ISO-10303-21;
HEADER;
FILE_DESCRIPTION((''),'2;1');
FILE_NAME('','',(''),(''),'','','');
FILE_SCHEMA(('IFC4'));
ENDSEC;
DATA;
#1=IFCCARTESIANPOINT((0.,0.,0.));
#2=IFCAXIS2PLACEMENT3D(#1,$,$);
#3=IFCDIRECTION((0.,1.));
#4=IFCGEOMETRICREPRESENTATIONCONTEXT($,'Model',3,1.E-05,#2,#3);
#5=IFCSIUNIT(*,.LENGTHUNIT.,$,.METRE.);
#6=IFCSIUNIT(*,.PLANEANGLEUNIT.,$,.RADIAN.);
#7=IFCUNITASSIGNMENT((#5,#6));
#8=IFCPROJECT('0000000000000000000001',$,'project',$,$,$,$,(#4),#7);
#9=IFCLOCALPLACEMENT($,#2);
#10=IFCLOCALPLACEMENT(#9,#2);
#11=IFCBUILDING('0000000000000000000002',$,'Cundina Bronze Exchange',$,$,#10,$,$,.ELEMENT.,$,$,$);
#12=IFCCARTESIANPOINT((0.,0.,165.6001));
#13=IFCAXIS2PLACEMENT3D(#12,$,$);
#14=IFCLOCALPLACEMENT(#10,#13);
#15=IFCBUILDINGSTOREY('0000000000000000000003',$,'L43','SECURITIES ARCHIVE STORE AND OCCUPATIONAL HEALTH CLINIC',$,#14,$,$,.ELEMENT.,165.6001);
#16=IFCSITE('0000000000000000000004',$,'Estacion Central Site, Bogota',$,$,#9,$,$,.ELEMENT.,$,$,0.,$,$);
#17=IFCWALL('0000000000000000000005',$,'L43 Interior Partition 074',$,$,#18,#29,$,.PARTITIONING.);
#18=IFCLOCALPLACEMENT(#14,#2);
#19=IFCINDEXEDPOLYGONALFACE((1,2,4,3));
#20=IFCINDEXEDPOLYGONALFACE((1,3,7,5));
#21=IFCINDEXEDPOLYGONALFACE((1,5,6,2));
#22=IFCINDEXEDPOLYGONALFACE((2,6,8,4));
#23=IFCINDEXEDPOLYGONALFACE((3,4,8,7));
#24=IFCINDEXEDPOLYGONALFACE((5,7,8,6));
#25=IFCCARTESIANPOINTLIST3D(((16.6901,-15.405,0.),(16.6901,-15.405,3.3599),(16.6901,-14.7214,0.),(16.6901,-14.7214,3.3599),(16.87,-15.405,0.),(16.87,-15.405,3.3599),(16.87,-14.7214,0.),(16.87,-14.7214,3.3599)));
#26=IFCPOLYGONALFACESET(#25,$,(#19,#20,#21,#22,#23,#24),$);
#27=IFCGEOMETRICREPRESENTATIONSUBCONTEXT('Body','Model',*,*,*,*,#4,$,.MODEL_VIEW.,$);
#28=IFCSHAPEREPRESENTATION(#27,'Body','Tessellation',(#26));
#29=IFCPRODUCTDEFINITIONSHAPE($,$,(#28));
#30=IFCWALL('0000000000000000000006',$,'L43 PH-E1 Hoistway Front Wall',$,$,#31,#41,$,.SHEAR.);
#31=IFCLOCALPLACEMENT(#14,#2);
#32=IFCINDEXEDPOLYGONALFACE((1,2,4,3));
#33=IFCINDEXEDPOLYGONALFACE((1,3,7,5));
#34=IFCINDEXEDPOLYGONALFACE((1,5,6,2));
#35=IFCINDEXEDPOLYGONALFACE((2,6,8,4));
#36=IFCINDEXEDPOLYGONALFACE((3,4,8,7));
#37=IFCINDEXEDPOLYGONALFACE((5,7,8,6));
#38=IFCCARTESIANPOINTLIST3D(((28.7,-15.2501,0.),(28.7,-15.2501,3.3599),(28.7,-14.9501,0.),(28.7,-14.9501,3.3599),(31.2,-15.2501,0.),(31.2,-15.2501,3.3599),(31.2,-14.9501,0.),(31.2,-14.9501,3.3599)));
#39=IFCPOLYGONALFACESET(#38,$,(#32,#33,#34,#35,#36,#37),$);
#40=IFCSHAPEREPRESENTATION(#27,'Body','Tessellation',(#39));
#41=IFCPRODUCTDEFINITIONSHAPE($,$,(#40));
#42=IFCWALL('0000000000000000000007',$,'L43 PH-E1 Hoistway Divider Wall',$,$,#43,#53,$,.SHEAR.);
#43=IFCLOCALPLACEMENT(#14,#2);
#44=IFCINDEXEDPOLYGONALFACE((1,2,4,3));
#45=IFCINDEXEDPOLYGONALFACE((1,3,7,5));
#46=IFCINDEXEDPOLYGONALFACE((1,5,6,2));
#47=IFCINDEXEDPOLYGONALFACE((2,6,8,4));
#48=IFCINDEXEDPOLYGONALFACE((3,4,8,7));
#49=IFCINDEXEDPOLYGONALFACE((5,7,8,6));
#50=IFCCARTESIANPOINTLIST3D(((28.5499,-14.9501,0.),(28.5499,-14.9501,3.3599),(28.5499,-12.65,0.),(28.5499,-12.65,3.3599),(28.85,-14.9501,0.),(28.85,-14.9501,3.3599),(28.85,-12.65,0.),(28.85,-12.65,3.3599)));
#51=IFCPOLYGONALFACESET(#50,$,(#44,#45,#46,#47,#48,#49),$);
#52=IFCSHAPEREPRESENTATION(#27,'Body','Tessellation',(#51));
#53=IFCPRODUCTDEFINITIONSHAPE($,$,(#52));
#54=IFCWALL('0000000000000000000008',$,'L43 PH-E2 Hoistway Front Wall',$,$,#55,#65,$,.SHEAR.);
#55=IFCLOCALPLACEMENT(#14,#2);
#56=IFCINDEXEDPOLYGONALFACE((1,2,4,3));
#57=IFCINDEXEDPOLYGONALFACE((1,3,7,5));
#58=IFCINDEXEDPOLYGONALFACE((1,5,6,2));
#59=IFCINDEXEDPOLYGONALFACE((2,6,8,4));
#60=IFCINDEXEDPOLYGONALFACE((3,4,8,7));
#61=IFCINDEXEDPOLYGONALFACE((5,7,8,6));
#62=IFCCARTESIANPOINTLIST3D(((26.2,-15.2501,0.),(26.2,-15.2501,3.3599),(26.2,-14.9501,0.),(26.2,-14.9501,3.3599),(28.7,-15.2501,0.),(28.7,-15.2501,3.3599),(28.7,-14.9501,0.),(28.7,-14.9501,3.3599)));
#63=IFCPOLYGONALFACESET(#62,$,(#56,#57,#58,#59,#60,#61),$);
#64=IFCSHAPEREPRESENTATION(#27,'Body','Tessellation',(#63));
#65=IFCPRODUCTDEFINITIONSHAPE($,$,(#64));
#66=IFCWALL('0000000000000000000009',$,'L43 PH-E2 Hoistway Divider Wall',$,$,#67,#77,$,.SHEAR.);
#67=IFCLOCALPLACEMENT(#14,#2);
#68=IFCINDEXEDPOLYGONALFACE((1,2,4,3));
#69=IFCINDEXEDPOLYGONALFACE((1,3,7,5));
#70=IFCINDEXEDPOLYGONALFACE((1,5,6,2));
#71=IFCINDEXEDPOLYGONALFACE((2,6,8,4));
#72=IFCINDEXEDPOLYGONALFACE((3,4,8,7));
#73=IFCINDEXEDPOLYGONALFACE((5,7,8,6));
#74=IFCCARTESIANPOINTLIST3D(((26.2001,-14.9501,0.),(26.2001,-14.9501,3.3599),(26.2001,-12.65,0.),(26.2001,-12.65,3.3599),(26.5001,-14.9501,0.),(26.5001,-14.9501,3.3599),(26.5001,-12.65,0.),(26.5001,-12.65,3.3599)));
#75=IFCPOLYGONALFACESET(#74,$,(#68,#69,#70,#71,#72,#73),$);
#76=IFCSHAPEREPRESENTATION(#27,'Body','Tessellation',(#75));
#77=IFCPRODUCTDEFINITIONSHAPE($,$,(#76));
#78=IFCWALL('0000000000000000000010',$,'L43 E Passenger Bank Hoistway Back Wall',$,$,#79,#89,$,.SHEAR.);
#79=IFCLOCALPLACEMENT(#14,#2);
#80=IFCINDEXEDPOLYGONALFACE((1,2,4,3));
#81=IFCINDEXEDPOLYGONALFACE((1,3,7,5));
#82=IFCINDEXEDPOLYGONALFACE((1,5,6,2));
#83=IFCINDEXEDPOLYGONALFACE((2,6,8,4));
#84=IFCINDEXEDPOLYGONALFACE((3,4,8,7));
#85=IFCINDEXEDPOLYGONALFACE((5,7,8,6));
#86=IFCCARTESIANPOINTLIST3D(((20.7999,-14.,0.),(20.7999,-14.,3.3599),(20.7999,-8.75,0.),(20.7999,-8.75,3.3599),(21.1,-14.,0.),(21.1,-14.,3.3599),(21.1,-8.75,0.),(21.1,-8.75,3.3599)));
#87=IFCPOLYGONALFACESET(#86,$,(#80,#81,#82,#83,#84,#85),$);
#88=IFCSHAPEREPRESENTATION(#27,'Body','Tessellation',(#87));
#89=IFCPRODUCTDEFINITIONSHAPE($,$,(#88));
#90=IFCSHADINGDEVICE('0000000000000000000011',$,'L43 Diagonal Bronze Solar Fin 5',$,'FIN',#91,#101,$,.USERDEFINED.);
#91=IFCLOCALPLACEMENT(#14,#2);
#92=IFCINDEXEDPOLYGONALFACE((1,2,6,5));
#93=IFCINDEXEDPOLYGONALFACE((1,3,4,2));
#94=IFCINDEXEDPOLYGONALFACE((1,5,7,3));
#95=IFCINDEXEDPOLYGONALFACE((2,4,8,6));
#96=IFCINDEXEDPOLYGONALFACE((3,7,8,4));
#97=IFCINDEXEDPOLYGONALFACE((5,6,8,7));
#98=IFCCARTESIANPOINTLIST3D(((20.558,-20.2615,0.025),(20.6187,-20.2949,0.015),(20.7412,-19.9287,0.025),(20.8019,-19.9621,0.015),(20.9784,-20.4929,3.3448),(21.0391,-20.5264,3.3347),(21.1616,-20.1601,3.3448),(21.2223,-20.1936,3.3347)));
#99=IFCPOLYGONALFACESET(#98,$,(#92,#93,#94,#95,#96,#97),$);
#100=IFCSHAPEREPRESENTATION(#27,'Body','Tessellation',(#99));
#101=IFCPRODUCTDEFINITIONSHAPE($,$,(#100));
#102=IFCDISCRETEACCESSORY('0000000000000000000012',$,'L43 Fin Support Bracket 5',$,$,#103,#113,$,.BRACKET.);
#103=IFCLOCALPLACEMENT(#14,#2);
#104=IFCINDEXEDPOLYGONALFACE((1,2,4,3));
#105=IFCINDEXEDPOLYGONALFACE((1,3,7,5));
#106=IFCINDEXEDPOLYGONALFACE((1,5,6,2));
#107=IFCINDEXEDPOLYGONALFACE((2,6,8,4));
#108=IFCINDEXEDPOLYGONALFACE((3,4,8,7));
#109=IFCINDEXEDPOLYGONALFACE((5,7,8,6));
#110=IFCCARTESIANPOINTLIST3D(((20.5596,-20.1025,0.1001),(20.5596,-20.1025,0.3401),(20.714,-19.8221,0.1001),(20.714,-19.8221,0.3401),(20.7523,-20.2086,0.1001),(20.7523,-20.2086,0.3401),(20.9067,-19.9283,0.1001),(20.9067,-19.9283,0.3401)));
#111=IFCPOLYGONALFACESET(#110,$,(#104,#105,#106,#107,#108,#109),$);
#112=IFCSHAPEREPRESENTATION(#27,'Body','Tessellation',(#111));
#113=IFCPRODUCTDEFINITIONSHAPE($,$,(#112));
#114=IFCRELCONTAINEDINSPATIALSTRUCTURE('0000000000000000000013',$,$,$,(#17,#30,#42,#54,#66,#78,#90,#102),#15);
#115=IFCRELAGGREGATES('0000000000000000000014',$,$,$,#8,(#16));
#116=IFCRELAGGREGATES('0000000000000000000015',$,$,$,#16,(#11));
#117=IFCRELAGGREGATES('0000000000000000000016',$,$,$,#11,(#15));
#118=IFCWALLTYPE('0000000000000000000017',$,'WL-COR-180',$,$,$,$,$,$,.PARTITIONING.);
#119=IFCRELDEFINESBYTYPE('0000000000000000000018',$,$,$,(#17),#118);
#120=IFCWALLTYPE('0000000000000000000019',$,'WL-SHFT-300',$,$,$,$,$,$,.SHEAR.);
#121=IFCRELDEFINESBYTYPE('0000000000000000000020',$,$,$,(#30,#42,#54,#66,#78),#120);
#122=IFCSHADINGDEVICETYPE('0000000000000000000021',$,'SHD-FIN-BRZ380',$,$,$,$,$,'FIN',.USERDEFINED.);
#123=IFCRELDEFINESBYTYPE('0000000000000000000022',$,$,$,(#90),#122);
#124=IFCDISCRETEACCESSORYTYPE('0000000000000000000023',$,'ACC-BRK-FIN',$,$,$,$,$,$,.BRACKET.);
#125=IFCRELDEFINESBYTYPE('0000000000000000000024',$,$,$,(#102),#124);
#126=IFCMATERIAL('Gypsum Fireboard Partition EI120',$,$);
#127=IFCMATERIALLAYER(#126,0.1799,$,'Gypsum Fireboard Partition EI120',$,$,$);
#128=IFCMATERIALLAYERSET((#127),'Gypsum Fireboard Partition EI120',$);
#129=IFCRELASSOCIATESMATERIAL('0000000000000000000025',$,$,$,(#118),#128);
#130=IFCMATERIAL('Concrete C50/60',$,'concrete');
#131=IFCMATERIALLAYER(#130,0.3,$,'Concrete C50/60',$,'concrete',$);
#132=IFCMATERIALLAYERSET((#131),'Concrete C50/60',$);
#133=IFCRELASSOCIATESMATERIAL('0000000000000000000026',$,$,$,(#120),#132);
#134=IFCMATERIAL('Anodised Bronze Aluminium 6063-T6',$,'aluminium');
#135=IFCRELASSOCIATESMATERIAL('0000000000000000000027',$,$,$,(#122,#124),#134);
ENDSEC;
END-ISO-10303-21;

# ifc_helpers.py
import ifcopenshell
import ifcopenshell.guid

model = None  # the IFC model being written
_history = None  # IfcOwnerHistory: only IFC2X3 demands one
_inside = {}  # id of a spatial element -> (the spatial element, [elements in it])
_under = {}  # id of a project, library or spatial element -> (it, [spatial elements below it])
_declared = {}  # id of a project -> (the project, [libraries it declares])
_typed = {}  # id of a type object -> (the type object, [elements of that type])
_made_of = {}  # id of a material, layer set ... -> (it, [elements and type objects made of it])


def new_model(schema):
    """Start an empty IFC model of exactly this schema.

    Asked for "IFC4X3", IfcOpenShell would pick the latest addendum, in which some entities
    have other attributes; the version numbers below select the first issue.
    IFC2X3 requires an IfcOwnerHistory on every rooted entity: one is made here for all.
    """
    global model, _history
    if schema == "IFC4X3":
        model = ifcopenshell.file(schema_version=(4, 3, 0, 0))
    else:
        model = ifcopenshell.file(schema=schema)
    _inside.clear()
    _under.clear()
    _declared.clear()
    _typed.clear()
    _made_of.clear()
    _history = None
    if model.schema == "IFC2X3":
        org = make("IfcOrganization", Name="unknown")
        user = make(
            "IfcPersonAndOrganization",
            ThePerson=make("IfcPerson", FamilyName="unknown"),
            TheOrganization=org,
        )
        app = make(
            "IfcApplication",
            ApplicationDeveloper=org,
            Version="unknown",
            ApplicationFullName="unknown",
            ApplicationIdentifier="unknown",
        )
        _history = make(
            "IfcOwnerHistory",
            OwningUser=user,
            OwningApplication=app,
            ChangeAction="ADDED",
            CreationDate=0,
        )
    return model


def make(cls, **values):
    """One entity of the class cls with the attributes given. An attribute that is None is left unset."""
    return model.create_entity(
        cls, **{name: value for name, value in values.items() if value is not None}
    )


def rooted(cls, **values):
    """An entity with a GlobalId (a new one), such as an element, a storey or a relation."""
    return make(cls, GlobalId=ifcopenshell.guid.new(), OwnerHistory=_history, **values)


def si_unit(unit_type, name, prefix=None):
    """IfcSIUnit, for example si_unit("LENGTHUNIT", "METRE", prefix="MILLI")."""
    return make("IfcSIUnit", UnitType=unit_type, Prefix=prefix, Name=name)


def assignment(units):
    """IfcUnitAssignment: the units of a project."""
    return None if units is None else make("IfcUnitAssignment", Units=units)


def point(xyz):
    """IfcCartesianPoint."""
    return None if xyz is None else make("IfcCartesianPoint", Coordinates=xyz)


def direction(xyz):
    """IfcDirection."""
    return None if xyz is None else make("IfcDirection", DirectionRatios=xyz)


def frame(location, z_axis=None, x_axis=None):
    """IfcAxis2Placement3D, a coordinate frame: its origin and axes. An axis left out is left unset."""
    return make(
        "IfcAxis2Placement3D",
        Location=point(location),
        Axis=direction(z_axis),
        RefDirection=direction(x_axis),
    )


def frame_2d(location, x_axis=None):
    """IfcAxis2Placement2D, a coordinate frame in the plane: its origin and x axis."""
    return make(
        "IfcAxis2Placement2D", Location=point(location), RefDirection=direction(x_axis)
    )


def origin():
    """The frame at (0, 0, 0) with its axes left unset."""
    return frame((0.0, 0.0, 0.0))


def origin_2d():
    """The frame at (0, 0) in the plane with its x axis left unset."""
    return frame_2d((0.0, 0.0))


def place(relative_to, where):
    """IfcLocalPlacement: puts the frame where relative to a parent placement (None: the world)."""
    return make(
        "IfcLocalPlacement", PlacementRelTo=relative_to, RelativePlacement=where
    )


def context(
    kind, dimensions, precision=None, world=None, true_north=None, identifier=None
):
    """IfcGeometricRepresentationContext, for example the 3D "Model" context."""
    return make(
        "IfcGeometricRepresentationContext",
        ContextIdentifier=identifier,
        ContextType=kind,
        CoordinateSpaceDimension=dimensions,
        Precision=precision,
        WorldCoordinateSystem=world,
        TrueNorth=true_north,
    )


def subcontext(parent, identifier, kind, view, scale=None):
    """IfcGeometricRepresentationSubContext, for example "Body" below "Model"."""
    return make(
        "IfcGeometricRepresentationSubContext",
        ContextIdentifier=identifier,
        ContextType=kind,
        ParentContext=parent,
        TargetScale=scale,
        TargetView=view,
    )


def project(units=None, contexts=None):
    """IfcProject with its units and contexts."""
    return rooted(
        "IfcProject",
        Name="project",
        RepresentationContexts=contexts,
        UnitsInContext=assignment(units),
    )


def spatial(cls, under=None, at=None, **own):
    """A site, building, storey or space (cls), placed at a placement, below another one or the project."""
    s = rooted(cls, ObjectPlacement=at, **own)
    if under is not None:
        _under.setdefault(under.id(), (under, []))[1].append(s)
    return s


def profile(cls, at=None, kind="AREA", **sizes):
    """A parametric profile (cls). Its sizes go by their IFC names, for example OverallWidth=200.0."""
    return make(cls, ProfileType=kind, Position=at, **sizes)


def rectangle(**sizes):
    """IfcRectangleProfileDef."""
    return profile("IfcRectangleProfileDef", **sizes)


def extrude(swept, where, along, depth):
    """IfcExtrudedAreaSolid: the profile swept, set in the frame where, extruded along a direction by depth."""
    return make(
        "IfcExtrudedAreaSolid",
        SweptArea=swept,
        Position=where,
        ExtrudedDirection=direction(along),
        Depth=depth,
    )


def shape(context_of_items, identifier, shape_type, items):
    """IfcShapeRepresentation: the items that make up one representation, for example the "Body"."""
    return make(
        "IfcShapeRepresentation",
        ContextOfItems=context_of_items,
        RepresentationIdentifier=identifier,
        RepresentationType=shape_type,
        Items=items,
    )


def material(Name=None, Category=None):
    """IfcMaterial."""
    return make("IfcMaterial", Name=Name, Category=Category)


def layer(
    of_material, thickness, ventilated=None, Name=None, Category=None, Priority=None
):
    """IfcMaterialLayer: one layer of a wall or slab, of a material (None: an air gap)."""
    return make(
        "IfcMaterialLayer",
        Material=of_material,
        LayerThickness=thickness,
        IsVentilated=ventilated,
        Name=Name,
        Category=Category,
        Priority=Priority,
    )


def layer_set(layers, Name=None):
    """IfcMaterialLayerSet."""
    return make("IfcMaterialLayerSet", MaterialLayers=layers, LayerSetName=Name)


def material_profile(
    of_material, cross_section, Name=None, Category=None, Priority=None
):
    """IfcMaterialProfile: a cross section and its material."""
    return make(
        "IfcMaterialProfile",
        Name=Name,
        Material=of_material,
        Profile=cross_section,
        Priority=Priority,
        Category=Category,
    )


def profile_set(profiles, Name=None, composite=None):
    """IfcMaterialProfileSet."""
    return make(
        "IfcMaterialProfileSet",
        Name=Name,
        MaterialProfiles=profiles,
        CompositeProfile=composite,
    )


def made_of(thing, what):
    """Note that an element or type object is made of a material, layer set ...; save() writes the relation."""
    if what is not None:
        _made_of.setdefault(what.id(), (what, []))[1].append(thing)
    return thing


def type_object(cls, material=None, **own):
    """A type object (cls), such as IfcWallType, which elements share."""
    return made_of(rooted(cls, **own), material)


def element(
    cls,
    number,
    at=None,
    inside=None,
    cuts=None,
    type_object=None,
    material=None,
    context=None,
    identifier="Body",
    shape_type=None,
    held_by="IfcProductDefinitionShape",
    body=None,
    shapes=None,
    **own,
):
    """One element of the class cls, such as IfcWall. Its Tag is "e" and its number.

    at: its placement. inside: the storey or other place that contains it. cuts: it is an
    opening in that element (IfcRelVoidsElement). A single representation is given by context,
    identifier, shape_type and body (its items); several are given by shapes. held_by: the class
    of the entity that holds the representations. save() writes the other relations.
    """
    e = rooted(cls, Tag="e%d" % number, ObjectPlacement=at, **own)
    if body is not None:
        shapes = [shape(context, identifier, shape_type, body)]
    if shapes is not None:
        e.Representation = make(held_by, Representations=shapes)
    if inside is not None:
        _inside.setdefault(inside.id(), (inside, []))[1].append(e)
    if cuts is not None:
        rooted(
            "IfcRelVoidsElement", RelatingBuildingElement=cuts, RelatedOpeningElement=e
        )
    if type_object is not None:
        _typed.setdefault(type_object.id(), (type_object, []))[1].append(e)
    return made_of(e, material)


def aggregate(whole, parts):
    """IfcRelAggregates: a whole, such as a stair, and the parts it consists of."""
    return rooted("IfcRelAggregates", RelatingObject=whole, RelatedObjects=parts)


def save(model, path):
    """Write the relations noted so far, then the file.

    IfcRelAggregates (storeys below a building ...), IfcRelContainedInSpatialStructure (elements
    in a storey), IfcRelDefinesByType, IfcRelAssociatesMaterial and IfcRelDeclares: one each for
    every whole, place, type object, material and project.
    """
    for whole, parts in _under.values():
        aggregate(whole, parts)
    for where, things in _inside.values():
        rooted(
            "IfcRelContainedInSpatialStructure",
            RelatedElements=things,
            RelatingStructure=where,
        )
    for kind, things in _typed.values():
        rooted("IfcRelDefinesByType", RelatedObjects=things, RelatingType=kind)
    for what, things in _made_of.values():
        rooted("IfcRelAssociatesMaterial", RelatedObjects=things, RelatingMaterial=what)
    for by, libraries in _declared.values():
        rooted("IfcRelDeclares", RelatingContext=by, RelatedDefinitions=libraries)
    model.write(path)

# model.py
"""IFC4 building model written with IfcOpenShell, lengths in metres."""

from ifc_helpers import new_model, si_unit, direction, frame, frame_2d, origin, origin_2d, place, context, subcontext, project, spatial, rectangle, extrude, material, layer, layer_set, material_profile, profile_set, type_object, element, save


model = new_model("IFC4")

# Units and contexts
model_context = context("Model", 3, precision=1e-05, world=origin(), true_north=direction((0.0, 1.0)))
body_context = subcontext(model_context, "Body", "Model", "MODEL_VIEW")
ifc_project = project(units=[si_unit("LENGTHUNIT", "METRE"), si_unit("PLANEANGLEUNIT", "RADIAN")], contexts=[model_context])

# Site, building, storey
site_placement = place(None, origin())
site = spatial("IfcSite", under=ifc_project, at=site_placement, Name="Estacion Central Site, Bogota", CompositionType="ELEMENT", RefElevation=0.0)
building_placement = place(site_placement, origin())
building = spatial("IfcBuilding", under=site, at=building_placement, Name="Cundina Bronze Exchange", CompositionType="ELEMENT")
storey_placement = place(building_placement, frame((0.0, 0.0, 165.6001)))
storey = spatial("IfcBuildingStorey", under=building, at=storey_placement, Name="L43", Description="SECURITIES ARCHIVE STORE AND OCCUPATIONAL HEALTH CLINIC", CompositionType="ELEMENT", Elevation=165.6001)

# Shared definitions
ifc_material_1 = material(Name="Concrete C50/60", Category="concrete")

# Shared definitions
ifc_material_2 = material(Name="Anodised Bronze Aluminium 6063-T6", Category="aluminium")

# Shared definitions
ifc_material_3 = material(Name="Gypsum Fireboard Partition EI120")
ifc_layer_1 = layer(ifc_material_3, 0.1799, Name="Gypsum Fireboard Partition EI120")
ifc_layer_set_1 = layer_set([ifc_layer_1], Name="Gypsum Fireboard Partition EI120")
wall_type_1 = type_object("IfcWallType", Name="WL-COR-180", PredefinedType="PARTITIONING", material=ifc_layer_set_1)

# Walls
wall_1_placement = place(storey_placement, frame((16.78, -14.7214, 0.0), z_axis=(0.0, 0.0, 1.0), x_axis=(0.0, -1.0, 0.0)))
element("IfcWall", 1, at=wall_1_placement, inside=storey, type_object=wall_type_1, Name="L43 Interior Partition 074", PredefinedType="PARTITIONING", context=body_context, shape_type="SweptSolid", body=[
    extrude(rectangle(XDim=0.6836, YDim=0.1799, at=frame_2d((0.3418, 0.0))), origin(), (0.0, 0.0, 1.0), 3.3599),
])
ifc_layer_2 = layer(ifc_material_1, 0.3, Name="Concrete C50/60", Category="concrete")
ifc_layer_set_2 = layer_set([ifc_layer_2], Name="Concrete C50/60")
wall_type_2 = type_object("IfcWallType", Name="WL-SHFT-300", PredefinedType="SHEAR", material=ifc_layer_set_2)
wall_2_placement = place(storey_placement, frame((28.7, -15.1001, 0.0), z_axis=(0.0, 0.0, 1.0), x_axis=(1.0, 0.0, 0.0)))
element("IfcWall", 2, at=wall_2_placement, inside=storey, type_object=wall_type_2, Name="L43 PH-E1 Hoistway Front Wall", PredefinedType="SHEAR", context=body_context, shape_type="SweptSolid", body=[
    extrude(rectangle(XDim=2.5, YDim=0.3, at=frame_2d((1.25, 0.0))), origin(), (0.0, 0.0, 1.0), 3.3599),
])
wall_3_placement = place(storey_placement, frame((28.7, -14.95, 0.0), z_axis=(0.0, 0.0, 1.0), x_axis=(0.0, 1.0, 0.0)))
element("IfcWall", 3, at=wall_3_placement, inside=storey, type_object=wall_type_2, Name="L43 PH-E1 Hoistway Divider Wall", PredefinedType="SHEAR", context=body_context, shape_type="SweptSolid", body=[
    extrude(rectangle(XDim=2.3, YDim=0.3, at=frame_2d((1.1499, 0.0))), origin(), (0.0, 0.0, 1.0), 3.3599),
])
wall_4_placement = place(storey_placement, frame((26.2, -15.1001, 0.0), z_axis=(0.0, 0.0, 1.0), x_axis=(1.0, 0.0, 0.0)))
element("IfcWall", 4, at=wall_4_placement, inside=storey, type_object=wall_type_2, Name="L43 PH-E2 Hoistway Front Wall", PredefinedType="SHEAR", context=body_context, shape_type="SweptSolid", body=[
    extrude(rectangle(XDim=2.5, YDim=0.3, at=frame_2d((1.25, 0.0))), origin(), (0.0, 0.0, 1.0), 3.3599),
])
wall_5_placement = place(storey_placement, frame((26.3501, -14.95, 0.0), z_axis=(0.0, 0.0, 1.0), x_axis=(0.0, 1.0, 0.0)))
element("IfcWall", 5, at=wall_5_placement, inside=storey, type_object=wall_type_2, Name="L43 PH-E2 Hoistway Divider Wall", PredefinedType="SHEAR", context=body_context, shape_type="SweptSolid", body=[
    extrude(rectangle(XDim=2.3, YDim=0.3, at=frame_2d((1.1499, 0.0))), origin(), (0.0, 0.0, 1.0), 3.3599),
])
wall_6_placement = place(storey_placement, frame((20.95, -14.0, 0.0), z_axis=(0.0, 0.0, 1.0), x_axis=(0.0, 1.0, 0.0)))
element("IfcWall", 6, at=wall_6_placement, inside=storey, type_object=wall_type_2, Name="L43 E Passenger Bank Hoistway Back Wall", PredefinedType="SHEAR", context=body_context, shape_type="SweptSolid", body=[
    extrude(rectangle(XDim=5.25, YDim=0.3, at=frame_2d((2.625, 0.0))), origin(), (0.0, 0.0, 1.0), 3.3599),
])

# Shading device
ifc_material_profile_1 = material_profile(ifc_material_2, rectangle(XDim=0.0701, YDim=0.3799, at=origin_2d()), Name="FIN70X380", Category="aluminium")
ifc_profile_set_1 = profile_set([ifc_material_profile_1], Name="Anodised Bronze Aluminium 6063-T6")
shading_device_type = type_object("IfcShadingDeviceType", Name="SHD-FIN-BRZ380", ElementType="FIN", PredefinedType="USERDEFINED", material=ifc_profile_set_1)
shading_device_placement = place(storey_placement, frame((20.6799, -20.1118, 0.02), z_axis=(0.125333, -0.068999, 0.989712), x_axis=(-0.86701, 0.477309, 0.143071)))
element("IfcShadingDevice", 7, at=shading_device_placement, inside=storey, type_object=shading_device_type, Name="L43 Diagonal Bronze Solar Fin 5", ObjectType="FIN", PredefinedType="USERDEFINED", context=body_context, shape_type="SweptSolid", body=[
    extrude(rectangle(XDim=0.0701, YDim=0.3799, at=origin_2d()), origin(), (0.0, 0.0, 1.0), 3.3542),
])

# Discrete accessory
discrete_accessory_type = type_object("IfcDiscreteAccessoryType", Name="ACC-BRK-FIN", PredefinedType="BRACKET", material=ifc_material_2)
discrete_accessory_placement = place(storey_placement, frame((20.7332, -20.0154, 0.1001), z_axis=(0.0, 0.0, 1.0), x_axis=(0.875869, -0.482549, 0.0)))
element("IfcDiscreteAccessory", 8, at=discrete_accessory_placement, inside=storey, type_object=discrete_accessory_type, Name="L43 Fin Support Bracket 5", PredefinedType="BRACKET", context=body_context, shape_type="SweptSolid", body=[
    extrude(rectangle(XDim=0.22, YDim=0.3201, at=origin_2d()), origin(), (0.0, 0.0, 1.0), 0.24),
])

save(model, "model.ifc")
